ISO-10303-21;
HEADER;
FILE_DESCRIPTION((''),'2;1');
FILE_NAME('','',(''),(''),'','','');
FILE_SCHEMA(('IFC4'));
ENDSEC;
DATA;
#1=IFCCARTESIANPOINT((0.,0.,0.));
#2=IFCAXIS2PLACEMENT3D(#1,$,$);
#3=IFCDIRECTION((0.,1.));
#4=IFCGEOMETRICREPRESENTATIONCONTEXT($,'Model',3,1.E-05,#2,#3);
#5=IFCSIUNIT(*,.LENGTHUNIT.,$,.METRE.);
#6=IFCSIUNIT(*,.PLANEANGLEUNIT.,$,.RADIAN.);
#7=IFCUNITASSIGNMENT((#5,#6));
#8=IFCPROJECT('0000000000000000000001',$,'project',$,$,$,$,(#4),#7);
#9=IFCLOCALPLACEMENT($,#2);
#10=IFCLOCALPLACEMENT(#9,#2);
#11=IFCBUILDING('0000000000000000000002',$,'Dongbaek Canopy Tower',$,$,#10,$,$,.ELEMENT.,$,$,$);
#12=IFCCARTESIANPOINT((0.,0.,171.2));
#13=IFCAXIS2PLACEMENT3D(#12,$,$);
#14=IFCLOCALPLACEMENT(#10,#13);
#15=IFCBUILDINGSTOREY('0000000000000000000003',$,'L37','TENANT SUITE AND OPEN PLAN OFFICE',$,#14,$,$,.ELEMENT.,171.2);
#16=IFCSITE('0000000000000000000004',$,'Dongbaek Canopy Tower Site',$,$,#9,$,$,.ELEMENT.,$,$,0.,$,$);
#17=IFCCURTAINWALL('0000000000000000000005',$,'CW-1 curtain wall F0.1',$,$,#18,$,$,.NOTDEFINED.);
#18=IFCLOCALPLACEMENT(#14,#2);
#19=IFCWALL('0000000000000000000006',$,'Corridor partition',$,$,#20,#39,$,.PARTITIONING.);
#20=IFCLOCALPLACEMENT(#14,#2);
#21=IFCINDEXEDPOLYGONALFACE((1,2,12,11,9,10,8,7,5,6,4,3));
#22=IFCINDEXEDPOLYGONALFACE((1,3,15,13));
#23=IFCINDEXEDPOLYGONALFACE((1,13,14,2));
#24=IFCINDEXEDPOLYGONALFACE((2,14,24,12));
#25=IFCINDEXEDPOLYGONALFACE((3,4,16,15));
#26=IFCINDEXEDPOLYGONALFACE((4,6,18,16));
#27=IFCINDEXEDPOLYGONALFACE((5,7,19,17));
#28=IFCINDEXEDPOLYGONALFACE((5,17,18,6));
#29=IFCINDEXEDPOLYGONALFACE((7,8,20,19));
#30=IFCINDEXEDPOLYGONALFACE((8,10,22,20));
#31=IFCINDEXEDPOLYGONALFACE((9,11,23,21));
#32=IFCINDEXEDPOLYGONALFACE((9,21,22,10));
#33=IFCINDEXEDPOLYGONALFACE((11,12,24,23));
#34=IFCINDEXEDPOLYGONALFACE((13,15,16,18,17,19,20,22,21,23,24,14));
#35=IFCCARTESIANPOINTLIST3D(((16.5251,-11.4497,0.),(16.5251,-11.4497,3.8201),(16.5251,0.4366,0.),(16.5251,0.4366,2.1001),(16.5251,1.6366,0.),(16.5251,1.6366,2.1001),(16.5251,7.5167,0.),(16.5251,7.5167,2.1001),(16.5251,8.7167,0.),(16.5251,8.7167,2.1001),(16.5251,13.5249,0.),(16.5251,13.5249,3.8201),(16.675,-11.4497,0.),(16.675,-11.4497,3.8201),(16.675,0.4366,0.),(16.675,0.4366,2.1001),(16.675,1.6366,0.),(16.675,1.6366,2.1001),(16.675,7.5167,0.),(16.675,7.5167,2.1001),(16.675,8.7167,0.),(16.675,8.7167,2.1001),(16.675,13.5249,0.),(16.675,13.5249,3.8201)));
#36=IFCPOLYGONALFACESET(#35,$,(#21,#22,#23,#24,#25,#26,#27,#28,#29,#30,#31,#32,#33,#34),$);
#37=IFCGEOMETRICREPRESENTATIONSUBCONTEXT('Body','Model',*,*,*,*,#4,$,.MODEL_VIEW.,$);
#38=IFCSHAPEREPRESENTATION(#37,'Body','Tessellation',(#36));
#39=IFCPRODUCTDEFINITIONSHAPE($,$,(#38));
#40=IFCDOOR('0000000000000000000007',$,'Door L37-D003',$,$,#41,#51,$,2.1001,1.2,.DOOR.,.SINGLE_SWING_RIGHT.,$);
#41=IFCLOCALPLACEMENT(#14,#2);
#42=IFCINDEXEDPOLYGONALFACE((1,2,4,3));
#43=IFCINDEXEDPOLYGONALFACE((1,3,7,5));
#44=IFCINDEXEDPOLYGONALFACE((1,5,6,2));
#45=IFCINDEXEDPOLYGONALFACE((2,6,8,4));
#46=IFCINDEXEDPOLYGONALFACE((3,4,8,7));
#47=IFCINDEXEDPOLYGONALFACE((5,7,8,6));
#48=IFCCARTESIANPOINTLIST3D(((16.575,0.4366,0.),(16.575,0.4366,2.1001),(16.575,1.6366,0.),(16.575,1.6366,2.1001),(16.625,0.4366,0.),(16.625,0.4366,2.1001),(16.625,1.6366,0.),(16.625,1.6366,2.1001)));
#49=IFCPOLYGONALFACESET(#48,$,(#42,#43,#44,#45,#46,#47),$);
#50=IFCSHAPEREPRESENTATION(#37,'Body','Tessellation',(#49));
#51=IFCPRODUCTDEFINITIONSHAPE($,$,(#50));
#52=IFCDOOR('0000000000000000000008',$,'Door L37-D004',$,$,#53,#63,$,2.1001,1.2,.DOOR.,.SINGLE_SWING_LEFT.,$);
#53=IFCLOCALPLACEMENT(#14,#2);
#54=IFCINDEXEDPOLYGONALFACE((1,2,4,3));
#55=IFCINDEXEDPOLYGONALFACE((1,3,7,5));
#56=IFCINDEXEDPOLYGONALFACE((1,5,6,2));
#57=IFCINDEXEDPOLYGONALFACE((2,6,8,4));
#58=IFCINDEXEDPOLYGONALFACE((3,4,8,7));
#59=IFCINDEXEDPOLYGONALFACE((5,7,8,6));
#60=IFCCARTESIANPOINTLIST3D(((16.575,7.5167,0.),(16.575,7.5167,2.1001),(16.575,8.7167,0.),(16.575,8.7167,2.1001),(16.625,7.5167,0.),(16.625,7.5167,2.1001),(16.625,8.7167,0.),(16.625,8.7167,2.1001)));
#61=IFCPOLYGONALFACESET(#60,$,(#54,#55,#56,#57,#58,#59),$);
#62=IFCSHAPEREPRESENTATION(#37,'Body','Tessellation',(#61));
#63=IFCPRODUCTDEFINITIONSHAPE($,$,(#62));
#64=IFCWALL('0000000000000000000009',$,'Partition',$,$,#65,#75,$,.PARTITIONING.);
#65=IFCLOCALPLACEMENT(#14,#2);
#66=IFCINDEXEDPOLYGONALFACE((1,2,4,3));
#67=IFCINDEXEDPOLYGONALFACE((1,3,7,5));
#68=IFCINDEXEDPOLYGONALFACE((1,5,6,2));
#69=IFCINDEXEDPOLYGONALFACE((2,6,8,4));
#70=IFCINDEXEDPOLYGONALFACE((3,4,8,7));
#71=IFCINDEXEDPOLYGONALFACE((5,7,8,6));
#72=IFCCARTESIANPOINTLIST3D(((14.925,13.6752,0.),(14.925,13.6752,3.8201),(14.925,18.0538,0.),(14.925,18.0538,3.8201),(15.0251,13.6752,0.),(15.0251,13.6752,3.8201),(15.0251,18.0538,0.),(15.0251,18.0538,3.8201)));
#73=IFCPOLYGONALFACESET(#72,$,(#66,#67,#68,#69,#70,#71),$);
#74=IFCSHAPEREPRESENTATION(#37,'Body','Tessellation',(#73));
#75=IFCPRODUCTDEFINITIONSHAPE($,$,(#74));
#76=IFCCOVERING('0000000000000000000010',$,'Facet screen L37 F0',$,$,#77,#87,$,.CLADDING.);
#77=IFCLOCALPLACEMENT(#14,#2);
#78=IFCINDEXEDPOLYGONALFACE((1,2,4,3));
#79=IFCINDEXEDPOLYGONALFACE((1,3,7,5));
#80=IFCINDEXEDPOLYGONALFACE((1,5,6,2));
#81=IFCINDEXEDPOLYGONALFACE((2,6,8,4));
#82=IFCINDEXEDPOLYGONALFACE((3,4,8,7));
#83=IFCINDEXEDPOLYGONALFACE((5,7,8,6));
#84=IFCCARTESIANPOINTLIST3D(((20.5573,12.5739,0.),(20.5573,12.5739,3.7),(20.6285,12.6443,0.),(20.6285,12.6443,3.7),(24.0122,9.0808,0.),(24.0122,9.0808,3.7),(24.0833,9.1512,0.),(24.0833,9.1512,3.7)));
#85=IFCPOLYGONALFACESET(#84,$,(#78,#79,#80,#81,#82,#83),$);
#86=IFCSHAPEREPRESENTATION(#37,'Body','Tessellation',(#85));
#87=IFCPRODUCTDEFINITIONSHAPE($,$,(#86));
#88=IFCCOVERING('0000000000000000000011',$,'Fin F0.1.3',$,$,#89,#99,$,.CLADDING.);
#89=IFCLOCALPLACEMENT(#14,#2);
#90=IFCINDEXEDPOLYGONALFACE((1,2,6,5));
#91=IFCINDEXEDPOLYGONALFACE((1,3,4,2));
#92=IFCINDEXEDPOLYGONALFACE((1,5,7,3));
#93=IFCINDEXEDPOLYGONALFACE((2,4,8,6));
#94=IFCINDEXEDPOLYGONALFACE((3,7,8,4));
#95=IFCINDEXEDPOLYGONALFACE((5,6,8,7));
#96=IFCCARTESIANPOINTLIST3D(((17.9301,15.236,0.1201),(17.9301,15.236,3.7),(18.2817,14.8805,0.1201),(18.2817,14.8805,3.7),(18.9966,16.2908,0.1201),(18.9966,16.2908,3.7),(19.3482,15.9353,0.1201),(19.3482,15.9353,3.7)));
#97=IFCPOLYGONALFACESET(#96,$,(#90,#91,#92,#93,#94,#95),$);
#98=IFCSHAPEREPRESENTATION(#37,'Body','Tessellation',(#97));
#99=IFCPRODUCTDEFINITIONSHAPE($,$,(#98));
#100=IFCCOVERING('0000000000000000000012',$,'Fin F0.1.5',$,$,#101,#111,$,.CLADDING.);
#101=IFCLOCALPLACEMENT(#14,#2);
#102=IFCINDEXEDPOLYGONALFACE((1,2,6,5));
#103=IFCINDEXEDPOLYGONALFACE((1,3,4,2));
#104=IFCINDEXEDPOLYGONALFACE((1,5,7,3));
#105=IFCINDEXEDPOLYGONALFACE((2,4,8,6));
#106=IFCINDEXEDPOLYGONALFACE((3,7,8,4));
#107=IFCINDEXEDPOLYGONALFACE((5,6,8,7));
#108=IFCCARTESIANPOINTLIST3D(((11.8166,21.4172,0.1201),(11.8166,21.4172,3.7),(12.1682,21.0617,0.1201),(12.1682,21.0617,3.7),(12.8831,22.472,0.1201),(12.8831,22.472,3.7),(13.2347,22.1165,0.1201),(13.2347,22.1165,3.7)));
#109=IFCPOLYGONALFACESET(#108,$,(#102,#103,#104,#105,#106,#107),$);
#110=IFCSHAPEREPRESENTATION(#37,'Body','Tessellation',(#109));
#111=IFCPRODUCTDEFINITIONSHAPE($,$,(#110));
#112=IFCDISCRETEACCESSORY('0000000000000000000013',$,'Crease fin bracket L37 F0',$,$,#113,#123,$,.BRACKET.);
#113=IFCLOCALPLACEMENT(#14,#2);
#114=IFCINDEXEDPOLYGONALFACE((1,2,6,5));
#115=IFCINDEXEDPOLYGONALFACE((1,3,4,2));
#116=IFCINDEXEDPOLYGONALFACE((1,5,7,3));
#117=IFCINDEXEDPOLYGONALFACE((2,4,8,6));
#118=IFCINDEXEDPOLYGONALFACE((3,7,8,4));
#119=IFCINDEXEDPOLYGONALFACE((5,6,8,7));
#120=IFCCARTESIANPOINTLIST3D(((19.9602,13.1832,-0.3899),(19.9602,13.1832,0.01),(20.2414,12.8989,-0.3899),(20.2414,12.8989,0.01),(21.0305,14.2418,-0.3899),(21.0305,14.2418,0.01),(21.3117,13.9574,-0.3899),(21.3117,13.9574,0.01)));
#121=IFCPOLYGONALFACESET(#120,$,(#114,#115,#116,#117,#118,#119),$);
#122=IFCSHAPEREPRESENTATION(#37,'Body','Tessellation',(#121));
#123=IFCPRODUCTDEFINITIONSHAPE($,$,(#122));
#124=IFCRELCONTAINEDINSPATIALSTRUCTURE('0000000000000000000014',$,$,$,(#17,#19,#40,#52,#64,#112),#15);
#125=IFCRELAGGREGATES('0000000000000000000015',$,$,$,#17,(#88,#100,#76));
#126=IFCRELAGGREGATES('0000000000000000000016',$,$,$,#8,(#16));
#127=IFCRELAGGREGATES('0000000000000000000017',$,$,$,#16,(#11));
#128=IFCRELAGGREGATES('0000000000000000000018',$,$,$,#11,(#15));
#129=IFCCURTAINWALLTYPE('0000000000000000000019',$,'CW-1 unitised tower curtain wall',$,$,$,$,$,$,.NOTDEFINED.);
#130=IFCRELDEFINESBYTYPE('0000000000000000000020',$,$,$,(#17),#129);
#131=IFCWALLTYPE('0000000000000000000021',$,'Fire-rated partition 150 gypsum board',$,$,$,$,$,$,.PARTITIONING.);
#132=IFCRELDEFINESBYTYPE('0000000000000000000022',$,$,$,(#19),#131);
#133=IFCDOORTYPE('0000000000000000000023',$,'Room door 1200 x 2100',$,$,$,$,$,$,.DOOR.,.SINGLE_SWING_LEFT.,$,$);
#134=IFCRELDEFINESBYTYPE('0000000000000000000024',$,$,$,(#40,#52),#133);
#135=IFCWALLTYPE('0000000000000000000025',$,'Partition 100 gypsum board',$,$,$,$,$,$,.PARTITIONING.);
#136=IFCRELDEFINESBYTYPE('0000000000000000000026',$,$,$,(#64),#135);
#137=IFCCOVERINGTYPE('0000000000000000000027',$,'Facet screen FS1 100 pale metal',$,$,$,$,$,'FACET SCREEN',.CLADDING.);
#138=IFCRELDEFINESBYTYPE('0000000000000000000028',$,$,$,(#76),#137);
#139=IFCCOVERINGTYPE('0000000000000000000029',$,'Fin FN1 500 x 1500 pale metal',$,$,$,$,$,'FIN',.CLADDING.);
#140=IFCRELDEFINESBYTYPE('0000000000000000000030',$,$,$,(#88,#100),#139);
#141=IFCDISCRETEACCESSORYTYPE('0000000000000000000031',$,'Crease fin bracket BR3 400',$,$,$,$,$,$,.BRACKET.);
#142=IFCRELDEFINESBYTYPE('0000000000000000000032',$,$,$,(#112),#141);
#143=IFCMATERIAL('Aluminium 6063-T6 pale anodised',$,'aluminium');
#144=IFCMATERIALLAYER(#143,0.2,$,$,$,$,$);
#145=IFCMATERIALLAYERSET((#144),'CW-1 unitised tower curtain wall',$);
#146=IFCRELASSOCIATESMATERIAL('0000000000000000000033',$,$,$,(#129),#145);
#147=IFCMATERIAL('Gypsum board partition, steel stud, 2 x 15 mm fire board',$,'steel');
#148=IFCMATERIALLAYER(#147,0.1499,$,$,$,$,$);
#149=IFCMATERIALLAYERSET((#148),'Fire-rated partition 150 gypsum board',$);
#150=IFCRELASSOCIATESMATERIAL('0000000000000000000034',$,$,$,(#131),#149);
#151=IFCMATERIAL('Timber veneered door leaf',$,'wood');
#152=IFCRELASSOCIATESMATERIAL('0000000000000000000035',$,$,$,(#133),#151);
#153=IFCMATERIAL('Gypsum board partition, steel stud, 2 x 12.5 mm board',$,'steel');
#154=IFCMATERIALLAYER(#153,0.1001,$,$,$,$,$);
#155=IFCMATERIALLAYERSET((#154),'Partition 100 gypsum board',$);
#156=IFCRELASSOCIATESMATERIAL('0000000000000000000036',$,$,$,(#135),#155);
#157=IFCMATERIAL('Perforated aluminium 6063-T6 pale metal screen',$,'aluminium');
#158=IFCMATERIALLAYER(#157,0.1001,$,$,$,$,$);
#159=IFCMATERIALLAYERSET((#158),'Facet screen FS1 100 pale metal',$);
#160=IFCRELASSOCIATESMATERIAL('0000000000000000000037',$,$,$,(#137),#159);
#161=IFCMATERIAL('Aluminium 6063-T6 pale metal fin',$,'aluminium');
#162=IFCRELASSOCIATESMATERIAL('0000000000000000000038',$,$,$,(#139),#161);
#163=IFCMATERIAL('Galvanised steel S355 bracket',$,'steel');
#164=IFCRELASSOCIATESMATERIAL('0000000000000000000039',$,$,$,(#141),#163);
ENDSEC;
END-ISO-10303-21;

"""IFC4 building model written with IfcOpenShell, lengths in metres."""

from ifc_helpers import new_model, si_unit, direction, frame, frame_2d, origin, origin_2d, place, context, subcontext, project, spatial, rectangle, extrude, material, layer, layer_set, material_profile, profile_set, type_object, element, fill, aggregate, save


model = new_model("IFC4")

# Units and contexts
model_context = context("Model", 3, precision=1e-05, world=origin(), true_north=direction((0.0, 1.0)))
body_context = subcontext(model_context, "Body", "Model", "MODEL_VIEW")
ifc_project = project(units=[si_unit("LENGTHUNIT", "METRE"), si_unit("PLANEANGLEUNIT", "RADIAN")], contexts=[model_context])

# Site, building, storey
site_placement = place(None, origin())
site = spatial("IfcSite", under=ifc_project, at=site_placement, Name="Dongbaek Canopy Tower Site", CompositionType="ELEMENT", RefElevation=0.0)
building_placement = place(site_placement, origin())
building = spatial("IfcBuilding", under=site, at=building_placement, Name="Dongbaek Canopy Tower", CompositionType="ELEMENT")
storey_placement = place(building_placement, frame((0.0, 0.0, 171.2)))
storey = spatial("IfcBuildingStorey", under=building, at=storey_placement, Name="L37", Description="TENANT SUITE AND OPEN PLAN OFFICE", CompositionType="ELEMENT", Elevation=171.2)

# Curtain wall
ifc_material_1 = material(Name="Aluminium 6063-T6 pale anodised", Category="aluminium")
ifc_layer_1 = layer(ifc_material_1, 0.2)
ifc_layer_set_1 = layer_set([ifc_layer_1], Name="CW-1 unitised tower curtain wall")
curtain_wall_type = type_object("IfcCurtainWallType", Name="CW-1 unitised tower curtain wall", PredefinedType="NOTDEFINED", material=ifc_layer_set_1)
curtain_wall_placement = place(storey_placement, origin())
curtain_wall = element("IfcCurtainWall", 1, at=curtain_wall_placement, inside=storey, type_object=curtain_wall_type, Name="CW-1 curtain wall F0.1", PredefinedType="NOTDEFINED")

# Wall, openings, doors
ifc_material_2 = material(Name="Gypsum board partition, steel stud, 2 x 15 mm fire board", Category="steel")
ifc_layer_2 = layer(ifc_material_2, 0.1499)
ifc_layer_set_2 = layer_set([ifc_layer_2], Name="Fire-rated partition 150 gypsum board")
wall_type_1 = type_object("IfcWallType", Name="Fire-rated partition 150 gypsum board", PredefinedType="PARTITIONING", material=ifc_layer_set_2)
wall_1_placement = place(storey_placement, frame((16.6001, 13.5249, 0.0), z_axis=(0.0, 0.0, 1.0), x_axis=(0.0, -1.0, 0.0)))
wall_1 = element("IfcWall", 2, at=wall_1_placement, inside=storey, type_object=wall_type_1, Name="Corridor partition", PredefinedType="PARTITIONING", context=body_context, shape_type="SweptSolid", body=[
    extrude(rectangle(XDim=24.9746, YDim=0.1499, at=frame_2d((12.4873, 0.0))), origin(), (0.0, 0.0, 1.0), 3.8201),
])
opening_1_placement = place(wall_1_placement, frame((11.8882, 0.0, 0.0)))
opening_1 = element("IfcOpeningElement", 3, at=opening_1_placement, cuts=wall_1, PredefinedType="OPENING", context=body_context, shape_type="SweptSolid", body=[
    extrude(rectangle(XDim=1.2, YDim=2.1001, at=frame_2d((0.6001, 1.05))), frame((0.0, 0.085, 0.0), z_axis=(0.0, -1.0, 0.0), x_axis=(1.0, 0.0, 0.0)), (0.0, 0.0, 1.0), 0.1699),
])
opening_2_placement = place(wall_1_placement, frame((4.8081, 0.0, 0.0)))
opening_2 = element("IfcOpeningElement", 4, at=opening_2_placement, cuts=wall_1, PredefinedType="OPENING", context=body_context, shape_type="SweptSolid", body=[
    extrude(rectangle(XDim=1.2, YDim=2.1001, at=frame_2d((0.6001, 1.05))), frame((0.0, 0.085, 0.0), z_axis=(0.0, -1.0, 0.0), x_axis=(1.0, 0.0, 0.0)), (0.0, 0.0, 1.0), 0.1699),
])
ifc_material_3 = material(Name="Timber veneered door leaf", Category="wood")
door_type = type_object("IfcDoorType", Name="Room door 1200 x 2100", OperationType="SINGLE_SWING_LEFT", PredefinedType="DOOR", material=ifc_material_3)
door_1_placement = place(opening_1_placement, origin())
door_1 = element("IfcDoor", 5, at=door_1_placement, inside=storey, type_object=door_type, Name="Door L37-D003", OperationType="SINGLE_SWING_RIGHT", OverallHeight=2.1001, OverallWidth=1.2, PredefinedType="DOOR", context=body_context, shape_type="SweptSolid", body=[
    extrude(rectangle(XDim=1.2, YDim=2.1001, at=frame_2d((0.6001, 1.05))), frame((0.0, 0.0249, 0.0), z_axis=(0.0, -1.0, 0.0), x_axis=(1.0, 0.0, 0.0)), (0.0, 0.0, 1.0), 0.05),
])
fill(opening_1, door_1)
door_2_placement = place(opening_2_placement, origin())
door_2 = element("IfcDoor", 6, at=door_2_placement, inside=storey, type_object=door_type, Name="Door L37-D004", OperationType="SINGLE_SWING_LEFT", OverallHeight=2.1001, OverallWidth=1.2, PredefinedType="DOOR", context=body_context, shape_type="SweptSolid", body=[
    extrude(rectangle(XDim=1.2, YDim=2.1001, at=frame_2d((0.6001, 1.05))), frame((0.0, 0.0249, 0.0), z_axis=(0.0, -1.0, 0.0), x_axis=(1.0, 0.0, 0.0)), (0.0, 0.0, 1.0), 0.05),
])
fill(opening_2, door_2)

# Wall
ifc_material_4 = material(Name="Gypsum board partition, steel stud, 2 x 12.5 mm board", Category="steel")
ifc_layer_3 = layer(ifc_material_4, 0.1001)
ifc_layer_set_3 = layer_set([ifc_layer_3], Name="Partition 100 gypsum board")
wall_type_2 = type_object("IfcWallType", Name="Partition 100 gypsum board", PredefinedType="PARTITIONING", material=ifc_layer_set_3)
wall_2_placement = place(storey_placement, frame((14.9751, 13.675, 0.0), z_axis=(0.0, 0.0, 1.0), x_axis=(0.0, 1.0, 0.0)))
element("IfcWall", 7, at=wall_2_placement, inside=storey, type_object=wall_type_2, Name="Partition", PredefinedType="PARTITIONING", context=body_context, shape_type="SweptSolid", body=[
    extrude(rectangle(XDim=4.3787, YDim=0.1001, at=frame_2d((2.1895, 0.0))), origin(), (0.0, 0.0, 1.0), 3.8201),
])

# Coverings
ifc_material_5 = material(Name="Perforated aluminium 6063-T6 pale metal screen", Category="aluminium")
ifc_layer_4 = layer(ifc_material_5, 0.1001)
ifc_layer_set_4 = layer_set([ifc_layer_4], Name="Facet screen FS1 100 pale metal")
covering_type_1 = type_object("IfcCoveringType", Name="Facet screen FS1 100 pale metal", ElementType="FACET SCREEN", PredefinedType="CLADDING", material=ifc_layer_set_4)
covering_1_placement = place(storey_placement, frame((22.3203, 10.8625, 0.0), z_axis=(0.0, 0.0, 1.0), x_axis=(-0.703201, 0.710991, 0.0)))
covering_1 = element("IfcCovering", 8, at=covering_1_placement, type_object=covering_type_1, Name="Facet screen L37 F0", PredefinedType="CLADDING", context=body_context, shape_type="SweptSolid", body=[
    extrude(rectangle(XDim=4.9131, YDim=0.1001, at=origin_2d()), origin(), (0.0, 0.0, 1.0), 3.7),
])
ifc_material_6 = material(Name="Aluminium 6063-T6 pale metal fin", Category="aluminium")
ifc_material_profile_1 = material_profile(ifc_material_6, rectangle(XDim=1.5, YDim=0.5, at=origin_2d()), Name="Fin FN1 500 x 1500 pale metal")
ifc_profile_set_1 = profile_set([ifc_material_profile_1], Name="Aluminium 6063-T6 pale metal fin")
covering_type_2 = type_object("IfcCoveringType", Name="Fin FN1 500 x 1500 pale metal", ElementType="FIN", PredefinedType="CLADDING", material=ifc_profile_set_1)
covering_2_placement = place(storey_placement, frame((18.6392, 15.5857, 0.1201), z_axis=(0.0, 0.0, 1.0), x_axis=(0.710991, 0.703201, 0.0)))
covering_2 = element("IfcCovering", 9, at=covering_2_placement, type_object=covering_type_2, Name="Fin F0.1.3", PredefinedType="CLADDING", context=body_context, shape_type="SweptSolid", body=[
    extrude(rectangle(XDim=1.5, YDim=0.5, at=origin_2d()), origin(), (0.0, 0.0, 1.0), 3.5798),
])
covering_3_placement = place(storey_placement, frame((12.5256, 21.7668, 0.1201), z_axis=(0.0, 0.0, 1.0), x_axis=(0.710991, 0.703201, 0.0)))
covering_3 = element("IfcCovering", 10, at=covering_3_placement, type_object=covering_type_2, Name="Fin F0.1.5", PredefinedType="CLADDING", context=body_context, shape_type="SweptSolid", body=[
    extrude(rectangle(XDim=1.5, YDim=0.5, at=origin_2d()), origin(), (0.0, 0.0, 1.0), 3.5798),
])
aggregate(curtain_wall, [covering_2, covering_3, covering_1])

# Discrete accessory
ifc_material_7 = material(Name="Galvanised steel S355 bracket", Category="steel")
discrete_accessory_type = type_object("IfcDiscreteAccessoryType", Name="Crease fin bracket BR3 400", PredefinedType="BRACKET", material=ifc_material_7)
discrete_accessory_placement = place(storey_placement, frame((20.636, 13.5703, -0.3899), z_axis=(0.0, 0.0, 1.0), x_axis=(0.710991, 0.703201, 0.0)))
element("IfcDiscreteAccessory", 11, at=discrete_accessory_placement, inside=storey, type_object=discrete_accessory_type, Name="Crease fin bracket L37 F0", PredefinedType="BRACKET", context=body_context, shape_type="SweptSolid", body=[
    extrude(rectangle(XDim=1.5054, YDim=0.3999, at=origin_2d()), origin(), (0.0, 0.0, 1.0), 0.3999),
])

save(model, "model.ifc")
